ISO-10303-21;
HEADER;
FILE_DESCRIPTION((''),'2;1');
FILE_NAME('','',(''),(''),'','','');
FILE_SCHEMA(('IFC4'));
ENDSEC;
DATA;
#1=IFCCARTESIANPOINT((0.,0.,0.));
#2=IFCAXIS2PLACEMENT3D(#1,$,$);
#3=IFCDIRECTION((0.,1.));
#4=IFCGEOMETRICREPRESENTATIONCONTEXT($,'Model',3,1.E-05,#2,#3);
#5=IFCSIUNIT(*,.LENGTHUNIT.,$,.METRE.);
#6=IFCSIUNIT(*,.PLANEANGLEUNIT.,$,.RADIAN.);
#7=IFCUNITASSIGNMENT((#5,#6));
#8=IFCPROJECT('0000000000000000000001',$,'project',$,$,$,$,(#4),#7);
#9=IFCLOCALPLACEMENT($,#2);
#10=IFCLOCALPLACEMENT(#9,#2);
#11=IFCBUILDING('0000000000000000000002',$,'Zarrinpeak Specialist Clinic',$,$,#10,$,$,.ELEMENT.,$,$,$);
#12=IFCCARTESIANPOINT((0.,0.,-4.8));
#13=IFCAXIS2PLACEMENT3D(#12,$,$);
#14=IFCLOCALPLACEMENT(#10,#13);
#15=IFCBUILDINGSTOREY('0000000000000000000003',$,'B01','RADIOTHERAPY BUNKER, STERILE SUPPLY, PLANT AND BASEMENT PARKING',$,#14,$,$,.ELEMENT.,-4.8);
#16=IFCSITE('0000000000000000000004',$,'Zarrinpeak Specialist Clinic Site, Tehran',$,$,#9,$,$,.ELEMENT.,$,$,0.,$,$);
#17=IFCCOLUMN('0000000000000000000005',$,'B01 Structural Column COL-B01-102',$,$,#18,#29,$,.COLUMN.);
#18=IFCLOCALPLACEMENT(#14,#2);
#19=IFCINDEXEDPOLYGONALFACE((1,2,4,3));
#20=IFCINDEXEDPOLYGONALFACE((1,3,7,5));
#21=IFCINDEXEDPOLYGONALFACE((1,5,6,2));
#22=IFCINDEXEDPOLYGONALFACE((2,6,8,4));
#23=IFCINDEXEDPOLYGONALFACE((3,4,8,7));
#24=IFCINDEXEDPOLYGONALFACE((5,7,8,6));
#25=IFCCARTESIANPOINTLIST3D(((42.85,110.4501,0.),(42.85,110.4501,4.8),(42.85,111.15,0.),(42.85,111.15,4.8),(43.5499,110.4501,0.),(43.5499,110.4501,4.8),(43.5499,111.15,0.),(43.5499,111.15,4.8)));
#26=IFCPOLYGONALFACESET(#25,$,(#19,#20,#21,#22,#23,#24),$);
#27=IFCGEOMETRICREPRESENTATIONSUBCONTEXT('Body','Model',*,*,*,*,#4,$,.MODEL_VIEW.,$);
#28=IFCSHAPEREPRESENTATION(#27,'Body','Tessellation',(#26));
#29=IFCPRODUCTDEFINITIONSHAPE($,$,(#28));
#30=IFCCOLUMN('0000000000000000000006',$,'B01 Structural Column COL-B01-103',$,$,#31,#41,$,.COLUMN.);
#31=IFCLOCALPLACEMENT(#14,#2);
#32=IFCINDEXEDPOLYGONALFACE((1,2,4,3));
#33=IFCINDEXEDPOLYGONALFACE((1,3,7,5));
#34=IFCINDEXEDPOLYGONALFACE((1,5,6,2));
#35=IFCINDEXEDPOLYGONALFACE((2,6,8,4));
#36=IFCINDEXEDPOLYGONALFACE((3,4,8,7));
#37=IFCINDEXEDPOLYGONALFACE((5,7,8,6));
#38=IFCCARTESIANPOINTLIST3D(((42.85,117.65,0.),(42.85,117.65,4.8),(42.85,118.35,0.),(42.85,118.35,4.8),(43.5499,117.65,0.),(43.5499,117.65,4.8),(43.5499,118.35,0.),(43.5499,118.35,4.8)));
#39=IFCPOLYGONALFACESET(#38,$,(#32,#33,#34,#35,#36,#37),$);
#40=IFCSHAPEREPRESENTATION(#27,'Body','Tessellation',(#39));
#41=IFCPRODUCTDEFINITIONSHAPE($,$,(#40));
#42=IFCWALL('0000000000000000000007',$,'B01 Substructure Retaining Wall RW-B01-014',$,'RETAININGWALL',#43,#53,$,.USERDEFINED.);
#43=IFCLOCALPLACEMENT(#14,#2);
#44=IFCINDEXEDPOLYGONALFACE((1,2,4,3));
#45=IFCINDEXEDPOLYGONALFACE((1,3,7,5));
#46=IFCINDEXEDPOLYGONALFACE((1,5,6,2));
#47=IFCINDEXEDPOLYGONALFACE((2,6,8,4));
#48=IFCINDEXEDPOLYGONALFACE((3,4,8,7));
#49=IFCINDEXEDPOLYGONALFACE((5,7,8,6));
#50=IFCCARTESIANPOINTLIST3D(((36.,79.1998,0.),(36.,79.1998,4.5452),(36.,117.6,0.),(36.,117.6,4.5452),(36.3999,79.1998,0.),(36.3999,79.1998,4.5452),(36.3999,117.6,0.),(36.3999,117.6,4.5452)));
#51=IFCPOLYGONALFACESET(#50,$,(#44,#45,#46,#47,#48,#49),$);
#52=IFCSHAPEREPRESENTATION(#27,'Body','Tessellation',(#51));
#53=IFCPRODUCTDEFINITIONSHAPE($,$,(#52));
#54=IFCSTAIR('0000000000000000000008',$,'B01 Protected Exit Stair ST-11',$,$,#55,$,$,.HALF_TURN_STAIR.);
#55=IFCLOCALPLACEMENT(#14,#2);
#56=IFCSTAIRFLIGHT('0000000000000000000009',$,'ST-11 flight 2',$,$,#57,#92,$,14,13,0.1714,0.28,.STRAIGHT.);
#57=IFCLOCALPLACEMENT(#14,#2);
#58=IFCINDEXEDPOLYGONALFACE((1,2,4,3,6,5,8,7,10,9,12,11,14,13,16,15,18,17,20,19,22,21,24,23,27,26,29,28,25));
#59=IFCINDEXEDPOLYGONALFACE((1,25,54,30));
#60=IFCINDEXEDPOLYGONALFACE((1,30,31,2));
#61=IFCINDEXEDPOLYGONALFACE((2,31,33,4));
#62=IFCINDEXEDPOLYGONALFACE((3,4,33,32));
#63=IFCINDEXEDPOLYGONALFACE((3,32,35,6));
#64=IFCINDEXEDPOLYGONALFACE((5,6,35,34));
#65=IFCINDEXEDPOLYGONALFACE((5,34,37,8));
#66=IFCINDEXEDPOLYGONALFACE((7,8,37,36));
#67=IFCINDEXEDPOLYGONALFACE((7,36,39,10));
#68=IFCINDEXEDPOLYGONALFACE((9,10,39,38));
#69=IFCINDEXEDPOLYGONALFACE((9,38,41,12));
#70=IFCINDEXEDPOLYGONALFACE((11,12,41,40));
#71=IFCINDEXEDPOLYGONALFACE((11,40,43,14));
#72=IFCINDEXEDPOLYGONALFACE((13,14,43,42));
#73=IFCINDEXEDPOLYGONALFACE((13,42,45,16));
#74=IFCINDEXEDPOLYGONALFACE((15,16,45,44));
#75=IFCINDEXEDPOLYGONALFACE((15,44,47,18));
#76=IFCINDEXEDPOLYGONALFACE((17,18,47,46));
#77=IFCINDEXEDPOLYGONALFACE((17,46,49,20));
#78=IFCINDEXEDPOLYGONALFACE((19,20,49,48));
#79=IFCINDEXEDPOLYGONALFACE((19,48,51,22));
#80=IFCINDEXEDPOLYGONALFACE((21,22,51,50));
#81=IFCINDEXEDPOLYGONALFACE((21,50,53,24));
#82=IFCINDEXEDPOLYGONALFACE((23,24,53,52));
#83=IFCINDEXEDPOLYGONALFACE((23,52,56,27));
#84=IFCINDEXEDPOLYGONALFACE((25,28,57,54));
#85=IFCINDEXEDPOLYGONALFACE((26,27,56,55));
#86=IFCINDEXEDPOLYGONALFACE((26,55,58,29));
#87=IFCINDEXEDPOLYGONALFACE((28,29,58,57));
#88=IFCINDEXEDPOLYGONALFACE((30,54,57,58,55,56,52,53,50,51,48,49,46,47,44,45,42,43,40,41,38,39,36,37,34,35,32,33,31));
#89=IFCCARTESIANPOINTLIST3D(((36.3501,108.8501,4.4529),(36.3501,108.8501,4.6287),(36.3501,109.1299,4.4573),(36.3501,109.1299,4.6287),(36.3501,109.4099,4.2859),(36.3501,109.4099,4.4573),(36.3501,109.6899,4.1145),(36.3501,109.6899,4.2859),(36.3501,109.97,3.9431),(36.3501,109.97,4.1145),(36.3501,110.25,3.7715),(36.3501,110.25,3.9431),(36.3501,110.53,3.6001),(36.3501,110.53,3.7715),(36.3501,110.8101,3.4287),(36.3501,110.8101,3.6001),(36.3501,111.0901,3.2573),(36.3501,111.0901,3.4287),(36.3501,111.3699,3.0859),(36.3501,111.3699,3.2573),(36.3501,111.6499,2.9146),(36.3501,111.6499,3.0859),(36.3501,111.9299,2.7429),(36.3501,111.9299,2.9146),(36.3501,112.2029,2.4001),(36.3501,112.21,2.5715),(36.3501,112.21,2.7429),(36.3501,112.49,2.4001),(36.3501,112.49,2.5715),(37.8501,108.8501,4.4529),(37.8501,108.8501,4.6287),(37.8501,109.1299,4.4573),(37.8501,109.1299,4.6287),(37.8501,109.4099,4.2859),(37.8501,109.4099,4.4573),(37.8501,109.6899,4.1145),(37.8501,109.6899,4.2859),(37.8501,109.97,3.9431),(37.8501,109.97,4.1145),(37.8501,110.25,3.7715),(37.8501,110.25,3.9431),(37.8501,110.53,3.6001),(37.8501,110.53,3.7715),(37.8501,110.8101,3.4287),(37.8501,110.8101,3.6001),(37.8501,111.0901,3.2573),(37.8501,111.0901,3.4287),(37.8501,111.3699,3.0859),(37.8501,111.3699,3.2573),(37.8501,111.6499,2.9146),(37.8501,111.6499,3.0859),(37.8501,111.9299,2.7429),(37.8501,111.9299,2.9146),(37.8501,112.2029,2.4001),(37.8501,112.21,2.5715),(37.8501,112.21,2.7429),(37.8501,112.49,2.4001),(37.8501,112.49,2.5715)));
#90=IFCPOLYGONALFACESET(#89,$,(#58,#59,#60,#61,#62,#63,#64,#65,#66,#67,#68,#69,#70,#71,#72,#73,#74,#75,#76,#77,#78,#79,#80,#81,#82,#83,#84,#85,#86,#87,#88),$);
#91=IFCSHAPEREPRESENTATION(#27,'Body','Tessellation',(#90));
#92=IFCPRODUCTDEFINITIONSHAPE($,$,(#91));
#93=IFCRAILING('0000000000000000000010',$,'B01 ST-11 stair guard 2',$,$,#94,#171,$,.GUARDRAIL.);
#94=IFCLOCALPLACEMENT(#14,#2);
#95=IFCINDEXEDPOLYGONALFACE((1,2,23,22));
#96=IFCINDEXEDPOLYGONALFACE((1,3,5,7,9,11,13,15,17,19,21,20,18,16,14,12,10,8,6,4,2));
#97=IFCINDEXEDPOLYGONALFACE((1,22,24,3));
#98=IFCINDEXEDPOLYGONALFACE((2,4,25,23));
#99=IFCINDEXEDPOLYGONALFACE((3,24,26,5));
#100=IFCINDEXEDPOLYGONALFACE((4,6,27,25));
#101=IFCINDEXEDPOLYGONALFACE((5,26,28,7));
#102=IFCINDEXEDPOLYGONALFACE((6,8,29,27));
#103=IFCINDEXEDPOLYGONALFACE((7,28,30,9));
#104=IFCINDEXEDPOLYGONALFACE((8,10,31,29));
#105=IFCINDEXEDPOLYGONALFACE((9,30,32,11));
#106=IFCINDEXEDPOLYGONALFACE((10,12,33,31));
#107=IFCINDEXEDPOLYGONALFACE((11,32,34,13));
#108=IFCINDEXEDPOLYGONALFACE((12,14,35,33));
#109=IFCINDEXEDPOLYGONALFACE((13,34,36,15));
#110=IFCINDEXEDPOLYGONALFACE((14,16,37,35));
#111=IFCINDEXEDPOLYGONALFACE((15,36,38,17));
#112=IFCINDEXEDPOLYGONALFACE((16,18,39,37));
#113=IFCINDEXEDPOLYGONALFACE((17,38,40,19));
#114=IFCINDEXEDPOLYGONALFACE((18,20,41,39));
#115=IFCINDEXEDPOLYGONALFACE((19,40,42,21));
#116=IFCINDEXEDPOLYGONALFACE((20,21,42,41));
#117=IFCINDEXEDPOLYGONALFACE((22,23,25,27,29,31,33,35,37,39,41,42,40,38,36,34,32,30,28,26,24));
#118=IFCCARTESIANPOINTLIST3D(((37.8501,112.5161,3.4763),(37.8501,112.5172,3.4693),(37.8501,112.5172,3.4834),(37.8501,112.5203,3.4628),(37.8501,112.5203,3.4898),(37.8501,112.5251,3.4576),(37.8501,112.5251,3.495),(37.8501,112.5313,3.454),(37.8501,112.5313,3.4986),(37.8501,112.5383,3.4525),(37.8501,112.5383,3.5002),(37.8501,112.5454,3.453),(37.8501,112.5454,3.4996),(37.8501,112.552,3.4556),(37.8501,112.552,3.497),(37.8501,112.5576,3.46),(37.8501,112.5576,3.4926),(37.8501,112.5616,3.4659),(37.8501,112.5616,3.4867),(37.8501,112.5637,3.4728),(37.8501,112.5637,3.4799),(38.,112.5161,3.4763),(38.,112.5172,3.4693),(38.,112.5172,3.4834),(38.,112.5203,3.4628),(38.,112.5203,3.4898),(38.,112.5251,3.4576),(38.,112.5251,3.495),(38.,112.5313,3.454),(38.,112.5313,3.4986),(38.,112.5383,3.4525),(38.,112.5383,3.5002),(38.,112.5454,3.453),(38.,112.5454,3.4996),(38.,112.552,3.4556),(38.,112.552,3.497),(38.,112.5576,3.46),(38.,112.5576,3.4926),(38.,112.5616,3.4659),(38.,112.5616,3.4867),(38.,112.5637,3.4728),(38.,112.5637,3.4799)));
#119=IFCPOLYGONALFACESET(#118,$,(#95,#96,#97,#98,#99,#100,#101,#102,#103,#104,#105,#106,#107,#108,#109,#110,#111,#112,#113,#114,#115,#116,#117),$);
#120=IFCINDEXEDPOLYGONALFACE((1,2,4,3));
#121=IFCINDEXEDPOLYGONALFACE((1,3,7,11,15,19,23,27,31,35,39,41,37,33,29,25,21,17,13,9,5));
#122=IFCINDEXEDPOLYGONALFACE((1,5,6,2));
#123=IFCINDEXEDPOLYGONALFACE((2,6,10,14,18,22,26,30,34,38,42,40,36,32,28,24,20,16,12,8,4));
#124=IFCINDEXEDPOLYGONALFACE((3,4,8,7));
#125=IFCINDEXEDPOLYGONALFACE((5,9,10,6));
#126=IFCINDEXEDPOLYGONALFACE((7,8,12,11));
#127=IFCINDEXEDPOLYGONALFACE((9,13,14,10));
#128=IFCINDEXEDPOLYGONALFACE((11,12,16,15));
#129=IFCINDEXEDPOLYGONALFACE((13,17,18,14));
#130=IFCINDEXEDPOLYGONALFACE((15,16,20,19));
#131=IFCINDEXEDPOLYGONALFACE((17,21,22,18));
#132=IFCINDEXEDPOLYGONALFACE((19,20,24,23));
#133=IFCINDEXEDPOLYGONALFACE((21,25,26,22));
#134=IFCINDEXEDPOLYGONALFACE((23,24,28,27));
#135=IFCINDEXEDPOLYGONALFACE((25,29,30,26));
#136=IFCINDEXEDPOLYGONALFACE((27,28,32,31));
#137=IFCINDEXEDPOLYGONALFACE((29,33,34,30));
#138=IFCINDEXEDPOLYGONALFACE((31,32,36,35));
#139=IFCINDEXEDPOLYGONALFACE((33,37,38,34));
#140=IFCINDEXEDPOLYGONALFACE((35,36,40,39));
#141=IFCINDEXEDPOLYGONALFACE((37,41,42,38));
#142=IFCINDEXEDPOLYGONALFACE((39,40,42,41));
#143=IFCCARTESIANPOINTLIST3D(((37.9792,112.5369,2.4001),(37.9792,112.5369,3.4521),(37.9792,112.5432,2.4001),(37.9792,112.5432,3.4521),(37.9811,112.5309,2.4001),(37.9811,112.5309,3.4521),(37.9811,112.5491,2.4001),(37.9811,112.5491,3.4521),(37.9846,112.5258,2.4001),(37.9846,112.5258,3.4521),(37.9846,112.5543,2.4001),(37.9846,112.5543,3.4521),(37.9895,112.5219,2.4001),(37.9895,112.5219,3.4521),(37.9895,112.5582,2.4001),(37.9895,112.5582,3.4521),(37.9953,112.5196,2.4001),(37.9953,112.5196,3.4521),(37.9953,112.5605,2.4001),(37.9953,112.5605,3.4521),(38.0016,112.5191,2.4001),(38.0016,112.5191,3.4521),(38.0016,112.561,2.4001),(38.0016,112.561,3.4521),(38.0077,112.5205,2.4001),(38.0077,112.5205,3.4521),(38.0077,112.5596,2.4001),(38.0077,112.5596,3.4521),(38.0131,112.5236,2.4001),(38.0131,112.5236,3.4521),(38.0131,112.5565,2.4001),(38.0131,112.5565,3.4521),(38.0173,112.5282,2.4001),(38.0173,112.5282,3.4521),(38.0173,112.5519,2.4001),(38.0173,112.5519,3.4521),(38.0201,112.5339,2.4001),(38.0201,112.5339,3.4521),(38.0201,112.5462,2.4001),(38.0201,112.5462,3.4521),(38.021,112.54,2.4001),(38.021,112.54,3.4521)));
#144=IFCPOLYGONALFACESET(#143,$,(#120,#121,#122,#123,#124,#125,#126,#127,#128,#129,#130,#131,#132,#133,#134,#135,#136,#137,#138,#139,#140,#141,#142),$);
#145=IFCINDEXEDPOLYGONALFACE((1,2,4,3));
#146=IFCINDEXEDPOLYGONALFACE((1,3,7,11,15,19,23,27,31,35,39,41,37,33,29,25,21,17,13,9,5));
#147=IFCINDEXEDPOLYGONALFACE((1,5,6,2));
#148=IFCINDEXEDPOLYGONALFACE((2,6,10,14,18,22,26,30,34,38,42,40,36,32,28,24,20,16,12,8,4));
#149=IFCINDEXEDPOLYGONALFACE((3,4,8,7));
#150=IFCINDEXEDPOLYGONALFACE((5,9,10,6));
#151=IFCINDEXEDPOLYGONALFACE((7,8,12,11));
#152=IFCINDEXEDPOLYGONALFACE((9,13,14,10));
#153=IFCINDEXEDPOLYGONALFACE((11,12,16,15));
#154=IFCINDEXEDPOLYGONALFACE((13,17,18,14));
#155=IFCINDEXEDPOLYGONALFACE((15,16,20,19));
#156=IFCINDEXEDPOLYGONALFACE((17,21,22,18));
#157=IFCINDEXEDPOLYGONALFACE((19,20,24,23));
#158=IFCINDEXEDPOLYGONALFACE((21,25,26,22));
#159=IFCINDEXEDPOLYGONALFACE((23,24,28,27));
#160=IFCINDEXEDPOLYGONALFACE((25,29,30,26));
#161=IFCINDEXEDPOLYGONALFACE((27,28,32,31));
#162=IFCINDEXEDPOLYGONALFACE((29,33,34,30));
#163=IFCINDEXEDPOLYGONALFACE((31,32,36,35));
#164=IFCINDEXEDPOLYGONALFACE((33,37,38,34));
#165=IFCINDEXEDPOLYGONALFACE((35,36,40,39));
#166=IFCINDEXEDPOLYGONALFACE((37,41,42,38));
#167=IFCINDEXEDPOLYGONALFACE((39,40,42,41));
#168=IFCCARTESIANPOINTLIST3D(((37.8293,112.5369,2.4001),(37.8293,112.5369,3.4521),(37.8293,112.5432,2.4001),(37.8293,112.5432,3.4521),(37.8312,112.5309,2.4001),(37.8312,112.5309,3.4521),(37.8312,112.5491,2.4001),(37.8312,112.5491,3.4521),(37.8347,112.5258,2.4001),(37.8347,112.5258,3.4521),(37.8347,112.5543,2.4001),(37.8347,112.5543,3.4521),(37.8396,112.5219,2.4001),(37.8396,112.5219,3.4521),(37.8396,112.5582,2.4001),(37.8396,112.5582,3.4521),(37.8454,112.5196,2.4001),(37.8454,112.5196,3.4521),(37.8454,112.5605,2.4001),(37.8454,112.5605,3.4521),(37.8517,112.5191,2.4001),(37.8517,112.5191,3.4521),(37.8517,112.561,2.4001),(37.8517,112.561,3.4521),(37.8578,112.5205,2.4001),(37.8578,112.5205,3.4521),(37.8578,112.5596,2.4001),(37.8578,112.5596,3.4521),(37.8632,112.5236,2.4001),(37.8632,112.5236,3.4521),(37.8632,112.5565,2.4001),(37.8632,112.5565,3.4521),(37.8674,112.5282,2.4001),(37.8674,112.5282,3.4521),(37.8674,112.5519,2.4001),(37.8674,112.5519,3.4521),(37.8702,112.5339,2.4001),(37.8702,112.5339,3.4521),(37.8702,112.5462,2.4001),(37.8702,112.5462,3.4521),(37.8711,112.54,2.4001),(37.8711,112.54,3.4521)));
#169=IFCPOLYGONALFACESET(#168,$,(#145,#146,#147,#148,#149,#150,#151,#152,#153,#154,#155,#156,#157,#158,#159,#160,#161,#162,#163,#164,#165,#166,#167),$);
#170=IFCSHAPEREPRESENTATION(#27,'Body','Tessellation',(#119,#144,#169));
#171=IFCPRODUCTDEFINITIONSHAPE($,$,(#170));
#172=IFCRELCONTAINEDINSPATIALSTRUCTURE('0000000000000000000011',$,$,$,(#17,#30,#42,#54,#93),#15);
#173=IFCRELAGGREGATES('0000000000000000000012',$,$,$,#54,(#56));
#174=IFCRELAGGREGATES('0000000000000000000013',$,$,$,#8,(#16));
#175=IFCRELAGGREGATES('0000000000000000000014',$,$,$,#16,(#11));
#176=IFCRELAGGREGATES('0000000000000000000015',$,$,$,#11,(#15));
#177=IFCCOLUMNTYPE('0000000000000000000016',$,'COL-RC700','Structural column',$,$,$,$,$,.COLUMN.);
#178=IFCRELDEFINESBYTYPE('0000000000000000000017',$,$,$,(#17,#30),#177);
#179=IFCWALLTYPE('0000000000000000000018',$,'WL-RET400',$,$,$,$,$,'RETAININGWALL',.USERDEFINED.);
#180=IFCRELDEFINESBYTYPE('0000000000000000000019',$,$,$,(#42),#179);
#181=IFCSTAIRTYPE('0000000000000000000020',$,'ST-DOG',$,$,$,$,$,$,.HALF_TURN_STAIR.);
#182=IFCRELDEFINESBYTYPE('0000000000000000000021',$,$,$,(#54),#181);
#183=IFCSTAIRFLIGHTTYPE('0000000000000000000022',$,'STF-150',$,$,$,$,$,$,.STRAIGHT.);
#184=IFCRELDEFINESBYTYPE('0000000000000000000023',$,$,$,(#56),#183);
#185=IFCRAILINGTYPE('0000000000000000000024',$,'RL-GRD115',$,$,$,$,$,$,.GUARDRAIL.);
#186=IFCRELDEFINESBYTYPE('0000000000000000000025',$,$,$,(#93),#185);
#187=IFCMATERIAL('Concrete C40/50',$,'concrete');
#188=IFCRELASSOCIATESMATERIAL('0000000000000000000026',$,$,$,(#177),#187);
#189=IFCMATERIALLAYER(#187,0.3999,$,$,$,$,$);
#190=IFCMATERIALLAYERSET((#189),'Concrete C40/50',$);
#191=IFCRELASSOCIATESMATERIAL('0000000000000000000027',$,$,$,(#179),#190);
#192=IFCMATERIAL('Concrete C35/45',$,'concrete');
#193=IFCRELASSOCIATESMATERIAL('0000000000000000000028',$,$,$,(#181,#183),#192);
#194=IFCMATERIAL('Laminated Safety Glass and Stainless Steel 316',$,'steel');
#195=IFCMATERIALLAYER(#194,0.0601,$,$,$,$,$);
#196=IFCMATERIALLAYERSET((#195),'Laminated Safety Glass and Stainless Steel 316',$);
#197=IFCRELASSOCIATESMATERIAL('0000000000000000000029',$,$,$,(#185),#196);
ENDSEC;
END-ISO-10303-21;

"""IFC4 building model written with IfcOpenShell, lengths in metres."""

from ifc_helpers import new_model, si_unit, direction, frame, frame_2d, origin, origin_2d, place, context, subcontext, project, spatial, polyline, rectangle, circle, outline, extrude, material, layer, layer_set, material_profile, profile_set, type_object, element, aggregate, save


model = new_model("IFC4")

# Units and contexts
model_context = context("Model", 3, precision=1e-05, world=origin(), true_north=direction((0.0, 1.0)))
body_context = subcontext(model_context, "Body", "Model", "MODEL_VIEW")
ifc_project = project(units=[si_unit("LENGTHUNIT", "METRE"), si_unit("PLANEANGLEUNIT", "RADIAN")], contexts=[model_context])

# Site, building, storey
site_placement = place(None, origin())
site = spatial("IfcSite", under=ifc_project, at=site_placement, Name="Zarrinpeak Specialist Clinic Site, Tehran", CompositionType="ELEMENT", RefElevation=0.0)
building_placement = place(site_placement, origin())
building = spatial("IfcBuilding", under=site, at=building_placement, Name="Zarrinpeak Specialist Clinic", CompositionType="ELEMENT")
storey_placement = place(building_placement, frame((0.0, 0.0, -4.8)))
storey = spatial("IfcBuildingStorey", under=building, at=storey_placement, Name="B01", Description="RADIOTHERAPY BUNKER, STERILE SUPPLY, PLANT AND BASEMENT PARKING", CompositionType="ELEMENT", Elevation=-4.8)

# Shared definitions
ifc_material_1 = material(Name="Concrete C40/50", Category="concrete")

# Columns
ifc_material_profile_1 = material_profile(ifc_material_1, rectangle(XDim=0.7, YDim=0.7, at=origin_2d()), Name="RC 700x700")
ifc_profile_set_1 = profile_set([ifc_material_profile_1], Name="Concrete C40/50")
column_type = type_object("IfcColumnType", Name="COL-RC700", Description="Structural column", PredefinedType="COLUMN", material=ifc_profile_set_1)
for number, where, z_axis, x_axis, name in (
    (1, (43.2, 110.8, 0.0), (0.0, 0.0, 1.0), (1.0, 0.0, 0.0), "B01 Structural Column COL-B01-102"),
    (2, (43.2, 118.0, 0.0), (0.0, 0.0, 1.0), (1.0, 0.0, 0.0), "B01 Structural Column COL-B01-103"),
):
    element("IfcColumn", number, at=place(storey_placement, frame(where, z_axis=z_axis, x_axis=x_axis)), inside=storey, type_object=column_type, Name=name, PredefinedType="COLUMN", context=body_context, shape_type="SweptSolid", body=[
        extrude(rectangle(XDim=0.7, YDim=0.7, at=origin_2d()), origin(), (0.0, 0.0, 1.0), 4.8),
    ])

# Wall
ifc_layer_1 = layer(ifc_material_1, 0.3999)
ifc_layer_set_1 = layer_set([ifc_layer_1], Name="Concrete C40/50")
wall_type = type_object("IfcWallType", Name="WL-RET400", ElementType="RETAININGWALL", PredefinedType="USERDEFINED", material=ifc_layer_set_1)
wall_placement = place(storey_placement, frame((36.2, 117.6001, 0.0), z_axis=(0.0, 0.0, 1.0), x_axis=(0.0, -1.0, 0.0)))
element("IfcWall", 3, at=wall_placement, inside=storey, type_object=wall_type, Name="B01 Substructure Retaining Wall RW-B01-014", ObjectType="RETAININGWALL", PredefinedType="USERDEFINED", context=body_context, shape_type="SweptSolid", body=[
    extrude(rectangle(XDim=38.4001, YDim=0.3999, at=frame_2d((19.2002, 0.0))), origin(), (0.0, 0.0, 1.0), 4.5452),
])

# Stair, stair flight
ifc_material_2 = material(Name="Concrete C35/45", Category="concrete")
stair_type = type_object("IfcStairType", Name="ST-DOG", PredefinedType="HALF_TURN_STAIR", material=ifc_material_2)
stair_placement = place(storey_placement, origin())
stair = element("IfcStair", 4, at=stair_placement, inside=storey, type_object=stair_type, Name="B01 Protected Exit Stair ST-11", PredefinedType="HALF_TURN_STAIR")
stair_flight_type = type_object("IfcStairFlightType", Name="STF-150", PredefinedType="STRAIGHT", material=ifc_material_2)
stair_flight_placement = place(storey_placement, frame((37.1001, 112.49, 2.4001), z_axis=(0.0, 0.0, 1.0), x_axis=(0.0, -1.0, 0.0)))
stair_flight = element("IfcStairFlight", 5, at=stair_flight_placement, type_object=stair_flight_type, Name="ST-11 flight 2", NumberOfRisers=14, NumberOfTreads=13, PredefinedType="STRAIGHT", RiserHeight=0.1714, TreadLength=0.28, context=body_context, shape_type="SweptSolid", body=[
    extrude(outline(polyline([(0.0, 0.0), (0.0, 0.1714), (0.28, 0.1714), (0.28, 0.3428), (0.5601, 0.3428), (0.5601, 0.5144), (0.8401, 0.5144), (0.8401, 0.6858), (1.1201, 0.6858), (1.1201, 0.8572), (1.3999, 0.8572), (1.3999, 1.0286), (1.6799, 1.0286), (1.6799, 1.2), (1.96, 1.2), (1.96, 1.3713), (2.24, 1.3713), (2.24, 1.543), (2.52, 1.543), (2.52, 1.7144), (2.8, 1.7144), (2.8, 1.8857), (3.0801, 1.8857), (3.0801, 2.0571), (3.3601, 2.0571), (3.3601, 2.2285), (3.6399, 2.2285), (3.6399, 2.3999), (3.6399, 2.0527), (0.2871, 0.0), (0.0, 0.0)])), frame((0.0, 0.75, 0.0), z_axis=(0.0, -1.0, 0.0), x_axis=(1.0, 0.0, 0.0)), (0.0, 0.0, 1.0), 1.5),
])
aggregate(stair, [stair_flight])

# Railing
ifc_material_3 = material(Name="Laminated Safety Glass and Stainless Steel 316", Category="steel")
ifc_layer_2 = layer(ifc_material_3, 0.0601)
ifc_layer_set_2 = layer_set([ifc_layer_2], Name="Laminated Safety Glass and Stainless Steel 316")
railing_type_1 = type_object("IfcRailingType", Name="RL-GRD115", PredefinedType="GUARDRAIL", material=ifc_layer_set_2)
railing_1_placement = place(storey_placement, frame((38.0, 112.54, 2.4001)))
element("IfcRailing", 6, at=railing_1_placement, inside=storey, type_object=railing_type_1, Name="B01 ST-11 stair guard 2", PredefinedType="GUARDRAIL", context=body_context, shape_type="SweptSolid", body=[
    extrude(circle(Radius=0.0239, at=origin_2d()), frame((0.0, 0.0, 1.0762), z_axis=(-1.0, 0.0, 0.0), x_axis=(0.0, -1.0, 0.0)), (0.0, 0.0, 1.0), 0.1499),
    extrude(circle(Radius=0.021, at=origin_2d()), origin(), (0.0, 0.0, 1.0), 1.052),
    extrude(circle(Radius=0.021, at=origin_2d()), frame((-0.1499, 0.0, 0.0)), (0.0, 0.0, 1.0), 1.052),
])

save(model, "model.ifc")
